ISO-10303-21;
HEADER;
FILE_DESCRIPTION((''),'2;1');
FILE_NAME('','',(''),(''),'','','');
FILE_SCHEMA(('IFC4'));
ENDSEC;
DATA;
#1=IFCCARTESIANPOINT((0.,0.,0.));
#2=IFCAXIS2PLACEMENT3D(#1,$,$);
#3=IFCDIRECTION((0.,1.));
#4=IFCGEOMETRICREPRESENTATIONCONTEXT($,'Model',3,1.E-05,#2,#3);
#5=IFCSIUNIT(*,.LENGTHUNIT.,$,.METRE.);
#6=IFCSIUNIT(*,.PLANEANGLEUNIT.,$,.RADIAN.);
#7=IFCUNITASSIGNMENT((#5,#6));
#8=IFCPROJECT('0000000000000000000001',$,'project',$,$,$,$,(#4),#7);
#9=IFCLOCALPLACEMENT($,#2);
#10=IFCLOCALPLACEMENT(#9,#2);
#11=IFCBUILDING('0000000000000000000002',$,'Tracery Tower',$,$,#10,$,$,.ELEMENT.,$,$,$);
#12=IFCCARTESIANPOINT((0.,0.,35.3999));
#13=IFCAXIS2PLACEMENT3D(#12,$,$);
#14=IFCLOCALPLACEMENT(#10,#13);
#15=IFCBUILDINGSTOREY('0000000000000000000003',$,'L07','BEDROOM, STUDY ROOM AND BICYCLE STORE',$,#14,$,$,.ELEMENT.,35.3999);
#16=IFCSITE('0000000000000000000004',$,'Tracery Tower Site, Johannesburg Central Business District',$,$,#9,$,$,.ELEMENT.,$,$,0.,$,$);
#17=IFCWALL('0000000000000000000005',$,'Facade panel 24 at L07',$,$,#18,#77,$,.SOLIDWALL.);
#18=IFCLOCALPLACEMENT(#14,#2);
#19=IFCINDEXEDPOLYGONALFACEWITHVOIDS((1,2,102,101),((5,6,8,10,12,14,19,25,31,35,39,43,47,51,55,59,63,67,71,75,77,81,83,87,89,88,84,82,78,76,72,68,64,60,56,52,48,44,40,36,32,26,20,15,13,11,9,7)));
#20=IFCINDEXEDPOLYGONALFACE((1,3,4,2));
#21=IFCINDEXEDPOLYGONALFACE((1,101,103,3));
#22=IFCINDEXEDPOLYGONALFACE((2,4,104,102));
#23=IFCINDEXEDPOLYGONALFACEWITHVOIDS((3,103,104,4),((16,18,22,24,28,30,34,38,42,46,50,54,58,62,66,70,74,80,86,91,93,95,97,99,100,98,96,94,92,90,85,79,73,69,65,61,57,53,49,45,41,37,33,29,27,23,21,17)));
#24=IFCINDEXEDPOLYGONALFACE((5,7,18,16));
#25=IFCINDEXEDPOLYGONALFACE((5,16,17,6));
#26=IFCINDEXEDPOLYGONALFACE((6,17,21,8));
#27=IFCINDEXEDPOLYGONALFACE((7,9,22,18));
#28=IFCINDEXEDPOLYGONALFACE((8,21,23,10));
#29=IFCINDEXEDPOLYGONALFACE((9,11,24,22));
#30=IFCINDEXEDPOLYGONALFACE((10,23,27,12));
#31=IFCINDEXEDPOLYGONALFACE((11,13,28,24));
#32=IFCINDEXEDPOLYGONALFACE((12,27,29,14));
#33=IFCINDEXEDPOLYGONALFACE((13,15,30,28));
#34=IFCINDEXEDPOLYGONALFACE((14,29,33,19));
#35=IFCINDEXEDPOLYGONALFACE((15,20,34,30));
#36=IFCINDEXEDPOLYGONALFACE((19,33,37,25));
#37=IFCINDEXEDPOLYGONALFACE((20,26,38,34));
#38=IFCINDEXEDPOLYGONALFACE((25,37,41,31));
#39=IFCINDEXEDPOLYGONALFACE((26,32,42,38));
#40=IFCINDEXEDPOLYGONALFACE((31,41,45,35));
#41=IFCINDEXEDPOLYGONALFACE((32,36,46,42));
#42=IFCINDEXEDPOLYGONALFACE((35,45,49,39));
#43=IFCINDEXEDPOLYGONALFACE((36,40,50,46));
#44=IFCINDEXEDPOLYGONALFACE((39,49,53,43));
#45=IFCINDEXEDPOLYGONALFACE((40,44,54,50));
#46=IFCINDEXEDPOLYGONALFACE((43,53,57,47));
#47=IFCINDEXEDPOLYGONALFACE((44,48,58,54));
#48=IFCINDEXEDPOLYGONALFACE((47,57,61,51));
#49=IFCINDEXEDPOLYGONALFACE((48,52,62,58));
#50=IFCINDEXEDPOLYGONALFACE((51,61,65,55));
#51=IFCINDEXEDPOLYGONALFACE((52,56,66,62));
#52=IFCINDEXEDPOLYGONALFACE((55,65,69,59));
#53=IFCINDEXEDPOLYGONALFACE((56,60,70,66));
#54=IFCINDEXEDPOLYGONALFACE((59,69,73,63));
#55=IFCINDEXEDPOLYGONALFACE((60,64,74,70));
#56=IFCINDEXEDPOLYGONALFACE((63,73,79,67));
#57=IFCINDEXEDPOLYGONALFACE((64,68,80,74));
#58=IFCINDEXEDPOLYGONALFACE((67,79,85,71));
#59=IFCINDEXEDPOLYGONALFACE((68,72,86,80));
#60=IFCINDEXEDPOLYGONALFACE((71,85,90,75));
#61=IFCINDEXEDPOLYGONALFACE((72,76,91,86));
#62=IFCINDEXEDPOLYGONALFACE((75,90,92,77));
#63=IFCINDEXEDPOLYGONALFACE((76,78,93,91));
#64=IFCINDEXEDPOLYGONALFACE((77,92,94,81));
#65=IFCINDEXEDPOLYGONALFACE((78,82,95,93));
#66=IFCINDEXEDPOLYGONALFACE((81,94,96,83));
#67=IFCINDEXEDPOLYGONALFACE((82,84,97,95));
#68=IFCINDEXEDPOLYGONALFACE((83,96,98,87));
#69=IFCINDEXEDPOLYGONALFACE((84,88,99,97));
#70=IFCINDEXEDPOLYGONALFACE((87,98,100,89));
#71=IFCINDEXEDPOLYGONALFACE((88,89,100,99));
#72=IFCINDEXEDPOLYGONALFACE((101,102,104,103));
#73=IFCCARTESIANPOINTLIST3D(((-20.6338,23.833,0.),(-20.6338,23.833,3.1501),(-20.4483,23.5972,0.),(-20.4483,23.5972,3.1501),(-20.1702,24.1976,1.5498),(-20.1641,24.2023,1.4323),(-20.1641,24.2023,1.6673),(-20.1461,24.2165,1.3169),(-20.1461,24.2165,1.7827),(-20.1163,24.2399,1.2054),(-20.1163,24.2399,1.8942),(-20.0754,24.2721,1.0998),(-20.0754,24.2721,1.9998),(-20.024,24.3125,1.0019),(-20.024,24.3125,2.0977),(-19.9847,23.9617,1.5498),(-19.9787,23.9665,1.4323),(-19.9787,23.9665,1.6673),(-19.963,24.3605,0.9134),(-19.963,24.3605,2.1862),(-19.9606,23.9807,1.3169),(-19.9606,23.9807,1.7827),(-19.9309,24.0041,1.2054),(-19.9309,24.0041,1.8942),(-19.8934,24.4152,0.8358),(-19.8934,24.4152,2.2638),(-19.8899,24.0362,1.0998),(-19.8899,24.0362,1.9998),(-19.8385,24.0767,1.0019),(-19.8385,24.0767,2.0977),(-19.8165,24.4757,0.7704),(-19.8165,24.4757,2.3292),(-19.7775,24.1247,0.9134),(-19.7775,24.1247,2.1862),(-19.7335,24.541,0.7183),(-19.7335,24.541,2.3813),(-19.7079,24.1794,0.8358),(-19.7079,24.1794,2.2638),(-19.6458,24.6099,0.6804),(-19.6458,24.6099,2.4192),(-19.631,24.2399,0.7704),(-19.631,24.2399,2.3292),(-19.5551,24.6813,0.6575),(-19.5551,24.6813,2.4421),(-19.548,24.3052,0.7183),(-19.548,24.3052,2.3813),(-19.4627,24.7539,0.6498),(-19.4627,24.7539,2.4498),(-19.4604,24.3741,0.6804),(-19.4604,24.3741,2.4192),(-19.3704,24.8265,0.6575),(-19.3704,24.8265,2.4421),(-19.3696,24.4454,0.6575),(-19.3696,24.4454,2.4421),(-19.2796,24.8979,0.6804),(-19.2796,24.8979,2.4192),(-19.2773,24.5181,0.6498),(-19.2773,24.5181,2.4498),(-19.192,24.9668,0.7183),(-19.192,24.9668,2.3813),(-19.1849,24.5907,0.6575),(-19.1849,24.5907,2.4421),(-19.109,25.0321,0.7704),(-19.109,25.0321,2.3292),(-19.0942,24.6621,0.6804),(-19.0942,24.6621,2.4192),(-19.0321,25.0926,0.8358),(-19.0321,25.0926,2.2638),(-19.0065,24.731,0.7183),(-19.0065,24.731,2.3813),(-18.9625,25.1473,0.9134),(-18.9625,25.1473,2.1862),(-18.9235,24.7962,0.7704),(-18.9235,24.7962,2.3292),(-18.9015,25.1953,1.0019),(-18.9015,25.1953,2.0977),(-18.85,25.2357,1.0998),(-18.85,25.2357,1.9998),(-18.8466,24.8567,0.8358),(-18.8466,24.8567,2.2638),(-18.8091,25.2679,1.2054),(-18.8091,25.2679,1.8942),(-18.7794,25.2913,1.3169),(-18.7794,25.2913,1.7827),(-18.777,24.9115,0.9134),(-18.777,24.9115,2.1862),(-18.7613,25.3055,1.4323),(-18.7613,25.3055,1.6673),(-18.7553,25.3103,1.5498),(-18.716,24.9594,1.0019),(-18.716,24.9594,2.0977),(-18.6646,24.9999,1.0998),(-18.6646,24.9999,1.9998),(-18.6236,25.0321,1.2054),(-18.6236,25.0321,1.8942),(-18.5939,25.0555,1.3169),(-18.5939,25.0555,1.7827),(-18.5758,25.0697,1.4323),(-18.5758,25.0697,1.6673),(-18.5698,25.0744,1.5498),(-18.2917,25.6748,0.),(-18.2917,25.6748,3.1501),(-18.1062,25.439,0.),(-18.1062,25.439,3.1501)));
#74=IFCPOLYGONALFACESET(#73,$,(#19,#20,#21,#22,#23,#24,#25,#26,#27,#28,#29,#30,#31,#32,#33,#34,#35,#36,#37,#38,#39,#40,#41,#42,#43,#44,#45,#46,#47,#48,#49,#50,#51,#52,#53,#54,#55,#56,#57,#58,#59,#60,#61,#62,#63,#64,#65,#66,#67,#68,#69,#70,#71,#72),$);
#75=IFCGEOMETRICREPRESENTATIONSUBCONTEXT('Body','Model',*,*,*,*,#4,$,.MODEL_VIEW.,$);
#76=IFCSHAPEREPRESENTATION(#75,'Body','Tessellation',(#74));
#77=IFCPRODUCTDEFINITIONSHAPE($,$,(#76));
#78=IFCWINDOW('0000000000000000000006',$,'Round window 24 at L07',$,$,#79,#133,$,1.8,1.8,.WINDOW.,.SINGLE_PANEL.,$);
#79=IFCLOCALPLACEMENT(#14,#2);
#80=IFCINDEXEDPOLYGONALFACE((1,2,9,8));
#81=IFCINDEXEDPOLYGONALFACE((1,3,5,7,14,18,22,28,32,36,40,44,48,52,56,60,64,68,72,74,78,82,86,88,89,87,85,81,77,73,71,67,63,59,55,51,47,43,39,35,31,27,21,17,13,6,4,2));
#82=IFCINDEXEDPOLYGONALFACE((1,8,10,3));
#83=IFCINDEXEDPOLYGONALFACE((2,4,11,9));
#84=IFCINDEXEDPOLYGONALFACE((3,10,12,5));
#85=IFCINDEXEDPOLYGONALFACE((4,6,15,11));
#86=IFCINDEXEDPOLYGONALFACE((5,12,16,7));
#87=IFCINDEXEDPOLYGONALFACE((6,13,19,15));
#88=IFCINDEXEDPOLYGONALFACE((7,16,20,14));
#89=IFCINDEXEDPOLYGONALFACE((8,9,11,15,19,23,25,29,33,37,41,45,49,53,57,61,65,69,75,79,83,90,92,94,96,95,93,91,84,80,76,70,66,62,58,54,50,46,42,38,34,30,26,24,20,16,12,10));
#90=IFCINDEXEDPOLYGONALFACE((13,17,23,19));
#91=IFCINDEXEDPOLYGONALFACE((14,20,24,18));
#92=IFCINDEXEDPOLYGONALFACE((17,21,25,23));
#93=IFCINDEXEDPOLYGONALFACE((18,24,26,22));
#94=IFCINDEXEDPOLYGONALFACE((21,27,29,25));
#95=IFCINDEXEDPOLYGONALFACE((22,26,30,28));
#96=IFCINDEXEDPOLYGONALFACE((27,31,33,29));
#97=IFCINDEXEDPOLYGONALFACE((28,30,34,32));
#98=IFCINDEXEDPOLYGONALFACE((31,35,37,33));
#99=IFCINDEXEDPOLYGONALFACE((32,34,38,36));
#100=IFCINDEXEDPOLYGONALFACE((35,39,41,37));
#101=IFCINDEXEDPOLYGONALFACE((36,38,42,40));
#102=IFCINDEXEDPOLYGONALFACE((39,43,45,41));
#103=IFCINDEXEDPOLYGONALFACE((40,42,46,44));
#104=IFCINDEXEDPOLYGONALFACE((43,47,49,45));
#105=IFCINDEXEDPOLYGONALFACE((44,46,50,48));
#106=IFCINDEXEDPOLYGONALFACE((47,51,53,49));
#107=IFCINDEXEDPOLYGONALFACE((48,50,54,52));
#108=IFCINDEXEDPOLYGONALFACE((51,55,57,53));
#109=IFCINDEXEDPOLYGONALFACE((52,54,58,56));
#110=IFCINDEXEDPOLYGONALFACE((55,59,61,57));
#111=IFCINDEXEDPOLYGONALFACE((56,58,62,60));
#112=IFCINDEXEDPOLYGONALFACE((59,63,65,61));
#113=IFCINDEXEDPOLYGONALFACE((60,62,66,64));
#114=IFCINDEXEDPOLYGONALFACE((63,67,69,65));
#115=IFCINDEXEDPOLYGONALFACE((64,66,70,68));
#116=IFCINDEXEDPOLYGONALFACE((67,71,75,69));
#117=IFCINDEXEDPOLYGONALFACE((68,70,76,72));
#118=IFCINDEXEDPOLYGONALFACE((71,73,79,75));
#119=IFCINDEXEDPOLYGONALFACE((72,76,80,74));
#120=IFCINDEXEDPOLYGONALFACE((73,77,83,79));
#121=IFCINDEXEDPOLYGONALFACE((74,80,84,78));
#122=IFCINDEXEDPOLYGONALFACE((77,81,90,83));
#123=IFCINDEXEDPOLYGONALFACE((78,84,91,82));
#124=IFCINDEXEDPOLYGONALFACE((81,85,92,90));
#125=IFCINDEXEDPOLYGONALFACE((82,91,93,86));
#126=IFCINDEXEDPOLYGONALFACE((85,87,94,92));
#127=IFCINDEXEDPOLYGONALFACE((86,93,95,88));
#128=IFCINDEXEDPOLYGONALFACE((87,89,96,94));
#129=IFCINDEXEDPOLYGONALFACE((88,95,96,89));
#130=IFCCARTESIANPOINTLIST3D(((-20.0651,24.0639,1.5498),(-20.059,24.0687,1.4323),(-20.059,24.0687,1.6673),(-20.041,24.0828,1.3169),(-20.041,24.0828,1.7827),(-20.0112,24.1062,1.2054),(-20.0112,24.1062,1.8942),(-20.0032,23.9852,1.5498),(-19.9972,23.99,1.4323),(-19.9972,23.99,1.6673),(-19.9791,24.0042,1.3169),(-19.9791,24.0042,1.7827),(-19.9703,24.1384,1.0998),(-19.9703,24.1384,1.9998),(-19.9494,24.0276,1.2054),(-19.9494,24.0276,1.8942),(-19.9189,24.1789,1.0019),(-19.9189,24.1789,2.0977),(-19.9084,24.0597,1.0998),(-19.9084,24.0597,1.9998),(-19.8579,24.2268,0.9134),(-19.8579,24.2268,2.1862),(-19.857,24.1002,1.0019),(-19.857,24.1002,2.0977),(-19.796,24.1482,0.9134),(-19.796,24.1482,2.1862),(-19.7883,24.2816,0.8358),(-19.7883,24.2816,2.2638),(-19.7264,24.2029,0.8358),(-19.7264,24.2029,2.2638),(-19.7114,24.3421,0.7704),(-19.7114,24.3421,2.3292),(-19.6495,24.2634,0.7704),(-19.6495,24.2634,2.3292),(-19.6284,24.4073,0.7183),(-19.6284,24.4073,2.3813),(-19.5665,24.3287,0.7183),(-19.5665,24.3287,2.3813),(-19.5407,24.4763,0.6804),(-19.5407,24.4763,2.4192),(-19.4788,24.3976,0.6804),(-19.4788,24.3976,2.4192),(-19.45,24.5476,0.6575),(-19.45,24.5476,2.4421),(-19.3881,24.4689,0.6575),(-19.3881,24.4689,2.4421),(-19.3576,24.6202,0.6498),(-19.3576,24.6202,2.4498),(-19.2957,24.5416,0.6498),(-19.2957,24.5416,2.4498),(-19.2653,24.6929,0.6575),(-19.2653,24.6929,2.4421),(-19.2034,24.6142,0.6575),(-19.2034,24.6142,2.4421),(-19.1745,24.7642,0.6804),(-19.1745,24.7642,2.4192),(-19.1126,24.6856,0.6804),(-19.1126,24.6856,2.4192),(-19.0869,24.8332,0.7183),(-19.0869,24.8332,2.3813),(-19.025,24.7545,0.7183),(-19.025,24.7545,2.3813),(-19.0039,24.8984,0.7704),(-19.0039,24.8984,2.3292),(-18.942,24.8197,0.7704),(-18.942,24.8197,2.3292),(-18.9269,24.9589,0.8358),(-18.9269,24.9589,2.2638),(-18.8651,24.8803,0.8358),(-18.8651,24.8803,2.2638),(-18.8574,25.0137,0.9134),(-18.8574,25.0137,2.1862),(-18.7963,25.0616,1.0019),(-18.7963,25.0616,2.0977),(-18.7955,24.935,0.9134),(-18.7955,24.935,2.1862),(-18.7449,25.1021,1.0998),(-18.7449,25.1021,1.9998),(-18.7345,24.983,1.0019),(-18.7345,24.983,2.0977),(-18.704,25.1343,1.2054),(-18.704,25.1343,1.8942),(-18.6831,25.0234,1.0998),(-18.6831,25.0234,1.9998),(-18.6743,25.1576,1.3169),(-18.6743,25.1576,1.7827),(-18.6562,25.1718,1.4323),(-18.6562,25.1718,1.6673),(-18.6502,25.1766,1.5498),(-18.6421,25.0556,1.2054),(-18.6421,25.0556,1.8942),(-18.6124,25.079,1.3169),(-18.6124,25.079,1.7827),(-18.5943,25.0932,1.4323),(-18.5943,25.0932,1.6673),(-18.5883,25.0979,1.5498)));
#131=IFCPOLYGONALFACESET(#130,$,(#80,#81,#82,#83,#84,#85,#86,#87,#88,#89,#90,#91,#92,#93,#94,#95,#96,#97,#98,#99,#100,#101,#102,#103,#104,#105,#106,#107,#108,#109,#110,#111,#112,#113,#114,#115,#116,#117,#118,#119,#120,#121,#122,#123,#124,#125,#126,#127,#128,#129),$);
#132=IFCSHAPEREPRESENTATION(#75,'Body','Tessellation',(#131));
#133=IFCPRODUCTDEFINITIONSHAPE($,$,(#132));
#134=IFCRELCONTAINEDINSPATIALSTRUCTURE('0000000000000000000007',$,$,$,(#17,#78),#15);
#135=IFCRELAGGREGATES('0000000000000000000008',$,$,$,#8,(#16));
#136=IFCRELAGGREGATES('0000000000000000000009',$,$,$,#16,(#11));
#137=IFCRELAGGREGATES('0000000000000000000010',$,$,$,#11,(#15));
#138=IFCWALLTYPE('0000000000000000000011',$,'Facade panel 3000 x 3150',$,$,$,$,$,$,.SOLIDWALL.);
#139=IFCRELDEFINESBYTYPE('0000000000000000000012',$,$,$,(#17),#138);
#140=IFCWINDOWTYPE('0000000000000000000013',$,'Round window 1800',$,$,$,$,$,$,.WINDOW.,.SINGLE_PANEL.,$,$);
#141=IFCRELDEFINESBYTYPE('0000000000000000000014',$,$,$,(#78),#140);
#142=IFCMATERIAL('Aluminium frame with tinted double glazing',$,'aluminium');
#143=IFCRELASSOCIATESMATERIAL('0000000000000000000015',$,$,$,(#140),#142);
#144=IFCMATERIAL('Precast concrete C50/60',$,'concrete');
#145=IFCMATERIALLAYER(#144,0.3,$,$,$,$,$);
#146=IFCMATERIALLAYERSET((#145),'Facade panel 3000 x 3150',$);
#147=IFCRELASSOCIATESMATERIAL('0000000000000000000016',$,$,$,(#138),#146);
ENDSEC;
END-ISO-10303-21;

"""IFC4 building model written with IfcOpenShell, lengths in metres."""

from ifc_helpers import new_model, si_unit, direction, frame, frame_2d, origin, origin_2d, place, context, subcontext, project, spatial, rectangle, circle, extrude, material, layer, layer_set, type_object, element, fill, save


model = new_model("IFC4")

# Units and contexts
model_context = context("Model", 3, precision=1e-05, world=origin(), true_north=direction((0.0, 1.0)))
body_context = subcontext(model_context, "Body", "Model", "MODEL_VIEW")
ifc_project = project(units=[si_unit("LENGTHUNIT", "METRE"), si_unit("PLANEANGLEUNIT", "RADIAN")], contexts=[model_context])

# Site, building, storey
site_placement = place(None, origin())
site = spatial("IfcSite", under=ifc_project, at=site_placement, Name="Tracery Tower Site, Johannesburg Central Business District", CompositionType="ELEMENT", RefElevation=0.0)
building_placement = place(site_placement, origin())
building = spatial("IfcBuilding", under=site, at=building_placement, Name="Tracery Tower", CompositionType="ELEMENT")
storey_placement = place(building_placement, frame((0.0, 0.0, 35.3999)))
storey = spatial("IfcBuildingStorey", under=building, at=storey_placement, Name="L07", Description="BEDROOM, STUDY ROOM AND BICYCLE STORE", CompositionType="ELEMENT", Elevation=35.3999)

# Wall, opening, window
ifc_material_1 = material(Name="Aluminium frame with tinted double glazing", Category="aluminium")
window_type = type_object("IfcWindowType", Name="Round window 1800", PartitioningType="SINGLE_PANEL", PredefinedType="WINDOW", material=ifc_material_1)
ifc_material_2 = material(Name="Precast concrete C50/60", Category="concrete")
ifc_layer_1 = layer(ifc_material_2, 0.3)
ifc_layer_set_1 = layer_set([ifc_layer_1], Name="Facade panel 3000 x 3150")
wall_type_1 = type_object("IfcWallType", Name="Facade panel 3000 x 3150", PredefinedType="SOLIDWALL", material=ifc_layer_set_1)
wall_1_placement = place(storey_placement, frame((-18.199, 25.5569, 0.0), z_axis=(0.0, 0.0, 1.0), x_axis=(-0.786054, -0.618158, 0.0)))
wall_1 = element("IfcWall", 1, at=wall_1_placement, inside=storey, type_object=wall_type_1, Name="Facade panel 24 at L07", PredefinedType="SOLIDWALL", context=body_context, shape_type="SweptSolid", body=[
    extrude(rectangle(XDim=2.9795, YDim=0.3, at=frame_2d((1.4897, 0.0))), origin(), (0.0, 0.0, 1.0), 3.1501),
])
opening_1_placement = place(wall_1_placement, frame((1.4897, 0.0, 1.5498)))
opening_1 = element("IfcOpeningElement", 2, at=opening_1_placement, cuts=wall_1, PredefinedType="OPENING", context=body_context, shape_type="SweptSolid", body=[
    extrude(circle(Radius=0.9, at=origin_2d()), frame((0.0, 0.1599, 0.0), z_axis=(0.0, -1.0, 0.0), x_axis=(1.0, 0.0, 0.0)), (0.0, 0.0, 1.0), 0.3201),
])
window_1_placement = place(opening_1_placement, origin())
window_1 = element("IfcWindow", 3, at=window_1_placement, inside=storey, type_object=window_type, Name="Round window 24 at L07", OverallHeight=1.8, OverallWidth=1.8, PartitioningType="SINGLE_PANEL", PredefinedType="WINDOW", context=body_context, shape_type="SweptSolid", body=[
    extrude(circle(Radius=0.9, at=origin_2d()), frame((0.0, 0.1201, 0.0), z_axis=(0.0, -1.0, 0.0), x_axis=(1.0, 0.0, 0.0)), (0.0, 0.0, 1.0), 0.1001),
])
fill(opening_1, window_1)

save(model, "model.ifc")
